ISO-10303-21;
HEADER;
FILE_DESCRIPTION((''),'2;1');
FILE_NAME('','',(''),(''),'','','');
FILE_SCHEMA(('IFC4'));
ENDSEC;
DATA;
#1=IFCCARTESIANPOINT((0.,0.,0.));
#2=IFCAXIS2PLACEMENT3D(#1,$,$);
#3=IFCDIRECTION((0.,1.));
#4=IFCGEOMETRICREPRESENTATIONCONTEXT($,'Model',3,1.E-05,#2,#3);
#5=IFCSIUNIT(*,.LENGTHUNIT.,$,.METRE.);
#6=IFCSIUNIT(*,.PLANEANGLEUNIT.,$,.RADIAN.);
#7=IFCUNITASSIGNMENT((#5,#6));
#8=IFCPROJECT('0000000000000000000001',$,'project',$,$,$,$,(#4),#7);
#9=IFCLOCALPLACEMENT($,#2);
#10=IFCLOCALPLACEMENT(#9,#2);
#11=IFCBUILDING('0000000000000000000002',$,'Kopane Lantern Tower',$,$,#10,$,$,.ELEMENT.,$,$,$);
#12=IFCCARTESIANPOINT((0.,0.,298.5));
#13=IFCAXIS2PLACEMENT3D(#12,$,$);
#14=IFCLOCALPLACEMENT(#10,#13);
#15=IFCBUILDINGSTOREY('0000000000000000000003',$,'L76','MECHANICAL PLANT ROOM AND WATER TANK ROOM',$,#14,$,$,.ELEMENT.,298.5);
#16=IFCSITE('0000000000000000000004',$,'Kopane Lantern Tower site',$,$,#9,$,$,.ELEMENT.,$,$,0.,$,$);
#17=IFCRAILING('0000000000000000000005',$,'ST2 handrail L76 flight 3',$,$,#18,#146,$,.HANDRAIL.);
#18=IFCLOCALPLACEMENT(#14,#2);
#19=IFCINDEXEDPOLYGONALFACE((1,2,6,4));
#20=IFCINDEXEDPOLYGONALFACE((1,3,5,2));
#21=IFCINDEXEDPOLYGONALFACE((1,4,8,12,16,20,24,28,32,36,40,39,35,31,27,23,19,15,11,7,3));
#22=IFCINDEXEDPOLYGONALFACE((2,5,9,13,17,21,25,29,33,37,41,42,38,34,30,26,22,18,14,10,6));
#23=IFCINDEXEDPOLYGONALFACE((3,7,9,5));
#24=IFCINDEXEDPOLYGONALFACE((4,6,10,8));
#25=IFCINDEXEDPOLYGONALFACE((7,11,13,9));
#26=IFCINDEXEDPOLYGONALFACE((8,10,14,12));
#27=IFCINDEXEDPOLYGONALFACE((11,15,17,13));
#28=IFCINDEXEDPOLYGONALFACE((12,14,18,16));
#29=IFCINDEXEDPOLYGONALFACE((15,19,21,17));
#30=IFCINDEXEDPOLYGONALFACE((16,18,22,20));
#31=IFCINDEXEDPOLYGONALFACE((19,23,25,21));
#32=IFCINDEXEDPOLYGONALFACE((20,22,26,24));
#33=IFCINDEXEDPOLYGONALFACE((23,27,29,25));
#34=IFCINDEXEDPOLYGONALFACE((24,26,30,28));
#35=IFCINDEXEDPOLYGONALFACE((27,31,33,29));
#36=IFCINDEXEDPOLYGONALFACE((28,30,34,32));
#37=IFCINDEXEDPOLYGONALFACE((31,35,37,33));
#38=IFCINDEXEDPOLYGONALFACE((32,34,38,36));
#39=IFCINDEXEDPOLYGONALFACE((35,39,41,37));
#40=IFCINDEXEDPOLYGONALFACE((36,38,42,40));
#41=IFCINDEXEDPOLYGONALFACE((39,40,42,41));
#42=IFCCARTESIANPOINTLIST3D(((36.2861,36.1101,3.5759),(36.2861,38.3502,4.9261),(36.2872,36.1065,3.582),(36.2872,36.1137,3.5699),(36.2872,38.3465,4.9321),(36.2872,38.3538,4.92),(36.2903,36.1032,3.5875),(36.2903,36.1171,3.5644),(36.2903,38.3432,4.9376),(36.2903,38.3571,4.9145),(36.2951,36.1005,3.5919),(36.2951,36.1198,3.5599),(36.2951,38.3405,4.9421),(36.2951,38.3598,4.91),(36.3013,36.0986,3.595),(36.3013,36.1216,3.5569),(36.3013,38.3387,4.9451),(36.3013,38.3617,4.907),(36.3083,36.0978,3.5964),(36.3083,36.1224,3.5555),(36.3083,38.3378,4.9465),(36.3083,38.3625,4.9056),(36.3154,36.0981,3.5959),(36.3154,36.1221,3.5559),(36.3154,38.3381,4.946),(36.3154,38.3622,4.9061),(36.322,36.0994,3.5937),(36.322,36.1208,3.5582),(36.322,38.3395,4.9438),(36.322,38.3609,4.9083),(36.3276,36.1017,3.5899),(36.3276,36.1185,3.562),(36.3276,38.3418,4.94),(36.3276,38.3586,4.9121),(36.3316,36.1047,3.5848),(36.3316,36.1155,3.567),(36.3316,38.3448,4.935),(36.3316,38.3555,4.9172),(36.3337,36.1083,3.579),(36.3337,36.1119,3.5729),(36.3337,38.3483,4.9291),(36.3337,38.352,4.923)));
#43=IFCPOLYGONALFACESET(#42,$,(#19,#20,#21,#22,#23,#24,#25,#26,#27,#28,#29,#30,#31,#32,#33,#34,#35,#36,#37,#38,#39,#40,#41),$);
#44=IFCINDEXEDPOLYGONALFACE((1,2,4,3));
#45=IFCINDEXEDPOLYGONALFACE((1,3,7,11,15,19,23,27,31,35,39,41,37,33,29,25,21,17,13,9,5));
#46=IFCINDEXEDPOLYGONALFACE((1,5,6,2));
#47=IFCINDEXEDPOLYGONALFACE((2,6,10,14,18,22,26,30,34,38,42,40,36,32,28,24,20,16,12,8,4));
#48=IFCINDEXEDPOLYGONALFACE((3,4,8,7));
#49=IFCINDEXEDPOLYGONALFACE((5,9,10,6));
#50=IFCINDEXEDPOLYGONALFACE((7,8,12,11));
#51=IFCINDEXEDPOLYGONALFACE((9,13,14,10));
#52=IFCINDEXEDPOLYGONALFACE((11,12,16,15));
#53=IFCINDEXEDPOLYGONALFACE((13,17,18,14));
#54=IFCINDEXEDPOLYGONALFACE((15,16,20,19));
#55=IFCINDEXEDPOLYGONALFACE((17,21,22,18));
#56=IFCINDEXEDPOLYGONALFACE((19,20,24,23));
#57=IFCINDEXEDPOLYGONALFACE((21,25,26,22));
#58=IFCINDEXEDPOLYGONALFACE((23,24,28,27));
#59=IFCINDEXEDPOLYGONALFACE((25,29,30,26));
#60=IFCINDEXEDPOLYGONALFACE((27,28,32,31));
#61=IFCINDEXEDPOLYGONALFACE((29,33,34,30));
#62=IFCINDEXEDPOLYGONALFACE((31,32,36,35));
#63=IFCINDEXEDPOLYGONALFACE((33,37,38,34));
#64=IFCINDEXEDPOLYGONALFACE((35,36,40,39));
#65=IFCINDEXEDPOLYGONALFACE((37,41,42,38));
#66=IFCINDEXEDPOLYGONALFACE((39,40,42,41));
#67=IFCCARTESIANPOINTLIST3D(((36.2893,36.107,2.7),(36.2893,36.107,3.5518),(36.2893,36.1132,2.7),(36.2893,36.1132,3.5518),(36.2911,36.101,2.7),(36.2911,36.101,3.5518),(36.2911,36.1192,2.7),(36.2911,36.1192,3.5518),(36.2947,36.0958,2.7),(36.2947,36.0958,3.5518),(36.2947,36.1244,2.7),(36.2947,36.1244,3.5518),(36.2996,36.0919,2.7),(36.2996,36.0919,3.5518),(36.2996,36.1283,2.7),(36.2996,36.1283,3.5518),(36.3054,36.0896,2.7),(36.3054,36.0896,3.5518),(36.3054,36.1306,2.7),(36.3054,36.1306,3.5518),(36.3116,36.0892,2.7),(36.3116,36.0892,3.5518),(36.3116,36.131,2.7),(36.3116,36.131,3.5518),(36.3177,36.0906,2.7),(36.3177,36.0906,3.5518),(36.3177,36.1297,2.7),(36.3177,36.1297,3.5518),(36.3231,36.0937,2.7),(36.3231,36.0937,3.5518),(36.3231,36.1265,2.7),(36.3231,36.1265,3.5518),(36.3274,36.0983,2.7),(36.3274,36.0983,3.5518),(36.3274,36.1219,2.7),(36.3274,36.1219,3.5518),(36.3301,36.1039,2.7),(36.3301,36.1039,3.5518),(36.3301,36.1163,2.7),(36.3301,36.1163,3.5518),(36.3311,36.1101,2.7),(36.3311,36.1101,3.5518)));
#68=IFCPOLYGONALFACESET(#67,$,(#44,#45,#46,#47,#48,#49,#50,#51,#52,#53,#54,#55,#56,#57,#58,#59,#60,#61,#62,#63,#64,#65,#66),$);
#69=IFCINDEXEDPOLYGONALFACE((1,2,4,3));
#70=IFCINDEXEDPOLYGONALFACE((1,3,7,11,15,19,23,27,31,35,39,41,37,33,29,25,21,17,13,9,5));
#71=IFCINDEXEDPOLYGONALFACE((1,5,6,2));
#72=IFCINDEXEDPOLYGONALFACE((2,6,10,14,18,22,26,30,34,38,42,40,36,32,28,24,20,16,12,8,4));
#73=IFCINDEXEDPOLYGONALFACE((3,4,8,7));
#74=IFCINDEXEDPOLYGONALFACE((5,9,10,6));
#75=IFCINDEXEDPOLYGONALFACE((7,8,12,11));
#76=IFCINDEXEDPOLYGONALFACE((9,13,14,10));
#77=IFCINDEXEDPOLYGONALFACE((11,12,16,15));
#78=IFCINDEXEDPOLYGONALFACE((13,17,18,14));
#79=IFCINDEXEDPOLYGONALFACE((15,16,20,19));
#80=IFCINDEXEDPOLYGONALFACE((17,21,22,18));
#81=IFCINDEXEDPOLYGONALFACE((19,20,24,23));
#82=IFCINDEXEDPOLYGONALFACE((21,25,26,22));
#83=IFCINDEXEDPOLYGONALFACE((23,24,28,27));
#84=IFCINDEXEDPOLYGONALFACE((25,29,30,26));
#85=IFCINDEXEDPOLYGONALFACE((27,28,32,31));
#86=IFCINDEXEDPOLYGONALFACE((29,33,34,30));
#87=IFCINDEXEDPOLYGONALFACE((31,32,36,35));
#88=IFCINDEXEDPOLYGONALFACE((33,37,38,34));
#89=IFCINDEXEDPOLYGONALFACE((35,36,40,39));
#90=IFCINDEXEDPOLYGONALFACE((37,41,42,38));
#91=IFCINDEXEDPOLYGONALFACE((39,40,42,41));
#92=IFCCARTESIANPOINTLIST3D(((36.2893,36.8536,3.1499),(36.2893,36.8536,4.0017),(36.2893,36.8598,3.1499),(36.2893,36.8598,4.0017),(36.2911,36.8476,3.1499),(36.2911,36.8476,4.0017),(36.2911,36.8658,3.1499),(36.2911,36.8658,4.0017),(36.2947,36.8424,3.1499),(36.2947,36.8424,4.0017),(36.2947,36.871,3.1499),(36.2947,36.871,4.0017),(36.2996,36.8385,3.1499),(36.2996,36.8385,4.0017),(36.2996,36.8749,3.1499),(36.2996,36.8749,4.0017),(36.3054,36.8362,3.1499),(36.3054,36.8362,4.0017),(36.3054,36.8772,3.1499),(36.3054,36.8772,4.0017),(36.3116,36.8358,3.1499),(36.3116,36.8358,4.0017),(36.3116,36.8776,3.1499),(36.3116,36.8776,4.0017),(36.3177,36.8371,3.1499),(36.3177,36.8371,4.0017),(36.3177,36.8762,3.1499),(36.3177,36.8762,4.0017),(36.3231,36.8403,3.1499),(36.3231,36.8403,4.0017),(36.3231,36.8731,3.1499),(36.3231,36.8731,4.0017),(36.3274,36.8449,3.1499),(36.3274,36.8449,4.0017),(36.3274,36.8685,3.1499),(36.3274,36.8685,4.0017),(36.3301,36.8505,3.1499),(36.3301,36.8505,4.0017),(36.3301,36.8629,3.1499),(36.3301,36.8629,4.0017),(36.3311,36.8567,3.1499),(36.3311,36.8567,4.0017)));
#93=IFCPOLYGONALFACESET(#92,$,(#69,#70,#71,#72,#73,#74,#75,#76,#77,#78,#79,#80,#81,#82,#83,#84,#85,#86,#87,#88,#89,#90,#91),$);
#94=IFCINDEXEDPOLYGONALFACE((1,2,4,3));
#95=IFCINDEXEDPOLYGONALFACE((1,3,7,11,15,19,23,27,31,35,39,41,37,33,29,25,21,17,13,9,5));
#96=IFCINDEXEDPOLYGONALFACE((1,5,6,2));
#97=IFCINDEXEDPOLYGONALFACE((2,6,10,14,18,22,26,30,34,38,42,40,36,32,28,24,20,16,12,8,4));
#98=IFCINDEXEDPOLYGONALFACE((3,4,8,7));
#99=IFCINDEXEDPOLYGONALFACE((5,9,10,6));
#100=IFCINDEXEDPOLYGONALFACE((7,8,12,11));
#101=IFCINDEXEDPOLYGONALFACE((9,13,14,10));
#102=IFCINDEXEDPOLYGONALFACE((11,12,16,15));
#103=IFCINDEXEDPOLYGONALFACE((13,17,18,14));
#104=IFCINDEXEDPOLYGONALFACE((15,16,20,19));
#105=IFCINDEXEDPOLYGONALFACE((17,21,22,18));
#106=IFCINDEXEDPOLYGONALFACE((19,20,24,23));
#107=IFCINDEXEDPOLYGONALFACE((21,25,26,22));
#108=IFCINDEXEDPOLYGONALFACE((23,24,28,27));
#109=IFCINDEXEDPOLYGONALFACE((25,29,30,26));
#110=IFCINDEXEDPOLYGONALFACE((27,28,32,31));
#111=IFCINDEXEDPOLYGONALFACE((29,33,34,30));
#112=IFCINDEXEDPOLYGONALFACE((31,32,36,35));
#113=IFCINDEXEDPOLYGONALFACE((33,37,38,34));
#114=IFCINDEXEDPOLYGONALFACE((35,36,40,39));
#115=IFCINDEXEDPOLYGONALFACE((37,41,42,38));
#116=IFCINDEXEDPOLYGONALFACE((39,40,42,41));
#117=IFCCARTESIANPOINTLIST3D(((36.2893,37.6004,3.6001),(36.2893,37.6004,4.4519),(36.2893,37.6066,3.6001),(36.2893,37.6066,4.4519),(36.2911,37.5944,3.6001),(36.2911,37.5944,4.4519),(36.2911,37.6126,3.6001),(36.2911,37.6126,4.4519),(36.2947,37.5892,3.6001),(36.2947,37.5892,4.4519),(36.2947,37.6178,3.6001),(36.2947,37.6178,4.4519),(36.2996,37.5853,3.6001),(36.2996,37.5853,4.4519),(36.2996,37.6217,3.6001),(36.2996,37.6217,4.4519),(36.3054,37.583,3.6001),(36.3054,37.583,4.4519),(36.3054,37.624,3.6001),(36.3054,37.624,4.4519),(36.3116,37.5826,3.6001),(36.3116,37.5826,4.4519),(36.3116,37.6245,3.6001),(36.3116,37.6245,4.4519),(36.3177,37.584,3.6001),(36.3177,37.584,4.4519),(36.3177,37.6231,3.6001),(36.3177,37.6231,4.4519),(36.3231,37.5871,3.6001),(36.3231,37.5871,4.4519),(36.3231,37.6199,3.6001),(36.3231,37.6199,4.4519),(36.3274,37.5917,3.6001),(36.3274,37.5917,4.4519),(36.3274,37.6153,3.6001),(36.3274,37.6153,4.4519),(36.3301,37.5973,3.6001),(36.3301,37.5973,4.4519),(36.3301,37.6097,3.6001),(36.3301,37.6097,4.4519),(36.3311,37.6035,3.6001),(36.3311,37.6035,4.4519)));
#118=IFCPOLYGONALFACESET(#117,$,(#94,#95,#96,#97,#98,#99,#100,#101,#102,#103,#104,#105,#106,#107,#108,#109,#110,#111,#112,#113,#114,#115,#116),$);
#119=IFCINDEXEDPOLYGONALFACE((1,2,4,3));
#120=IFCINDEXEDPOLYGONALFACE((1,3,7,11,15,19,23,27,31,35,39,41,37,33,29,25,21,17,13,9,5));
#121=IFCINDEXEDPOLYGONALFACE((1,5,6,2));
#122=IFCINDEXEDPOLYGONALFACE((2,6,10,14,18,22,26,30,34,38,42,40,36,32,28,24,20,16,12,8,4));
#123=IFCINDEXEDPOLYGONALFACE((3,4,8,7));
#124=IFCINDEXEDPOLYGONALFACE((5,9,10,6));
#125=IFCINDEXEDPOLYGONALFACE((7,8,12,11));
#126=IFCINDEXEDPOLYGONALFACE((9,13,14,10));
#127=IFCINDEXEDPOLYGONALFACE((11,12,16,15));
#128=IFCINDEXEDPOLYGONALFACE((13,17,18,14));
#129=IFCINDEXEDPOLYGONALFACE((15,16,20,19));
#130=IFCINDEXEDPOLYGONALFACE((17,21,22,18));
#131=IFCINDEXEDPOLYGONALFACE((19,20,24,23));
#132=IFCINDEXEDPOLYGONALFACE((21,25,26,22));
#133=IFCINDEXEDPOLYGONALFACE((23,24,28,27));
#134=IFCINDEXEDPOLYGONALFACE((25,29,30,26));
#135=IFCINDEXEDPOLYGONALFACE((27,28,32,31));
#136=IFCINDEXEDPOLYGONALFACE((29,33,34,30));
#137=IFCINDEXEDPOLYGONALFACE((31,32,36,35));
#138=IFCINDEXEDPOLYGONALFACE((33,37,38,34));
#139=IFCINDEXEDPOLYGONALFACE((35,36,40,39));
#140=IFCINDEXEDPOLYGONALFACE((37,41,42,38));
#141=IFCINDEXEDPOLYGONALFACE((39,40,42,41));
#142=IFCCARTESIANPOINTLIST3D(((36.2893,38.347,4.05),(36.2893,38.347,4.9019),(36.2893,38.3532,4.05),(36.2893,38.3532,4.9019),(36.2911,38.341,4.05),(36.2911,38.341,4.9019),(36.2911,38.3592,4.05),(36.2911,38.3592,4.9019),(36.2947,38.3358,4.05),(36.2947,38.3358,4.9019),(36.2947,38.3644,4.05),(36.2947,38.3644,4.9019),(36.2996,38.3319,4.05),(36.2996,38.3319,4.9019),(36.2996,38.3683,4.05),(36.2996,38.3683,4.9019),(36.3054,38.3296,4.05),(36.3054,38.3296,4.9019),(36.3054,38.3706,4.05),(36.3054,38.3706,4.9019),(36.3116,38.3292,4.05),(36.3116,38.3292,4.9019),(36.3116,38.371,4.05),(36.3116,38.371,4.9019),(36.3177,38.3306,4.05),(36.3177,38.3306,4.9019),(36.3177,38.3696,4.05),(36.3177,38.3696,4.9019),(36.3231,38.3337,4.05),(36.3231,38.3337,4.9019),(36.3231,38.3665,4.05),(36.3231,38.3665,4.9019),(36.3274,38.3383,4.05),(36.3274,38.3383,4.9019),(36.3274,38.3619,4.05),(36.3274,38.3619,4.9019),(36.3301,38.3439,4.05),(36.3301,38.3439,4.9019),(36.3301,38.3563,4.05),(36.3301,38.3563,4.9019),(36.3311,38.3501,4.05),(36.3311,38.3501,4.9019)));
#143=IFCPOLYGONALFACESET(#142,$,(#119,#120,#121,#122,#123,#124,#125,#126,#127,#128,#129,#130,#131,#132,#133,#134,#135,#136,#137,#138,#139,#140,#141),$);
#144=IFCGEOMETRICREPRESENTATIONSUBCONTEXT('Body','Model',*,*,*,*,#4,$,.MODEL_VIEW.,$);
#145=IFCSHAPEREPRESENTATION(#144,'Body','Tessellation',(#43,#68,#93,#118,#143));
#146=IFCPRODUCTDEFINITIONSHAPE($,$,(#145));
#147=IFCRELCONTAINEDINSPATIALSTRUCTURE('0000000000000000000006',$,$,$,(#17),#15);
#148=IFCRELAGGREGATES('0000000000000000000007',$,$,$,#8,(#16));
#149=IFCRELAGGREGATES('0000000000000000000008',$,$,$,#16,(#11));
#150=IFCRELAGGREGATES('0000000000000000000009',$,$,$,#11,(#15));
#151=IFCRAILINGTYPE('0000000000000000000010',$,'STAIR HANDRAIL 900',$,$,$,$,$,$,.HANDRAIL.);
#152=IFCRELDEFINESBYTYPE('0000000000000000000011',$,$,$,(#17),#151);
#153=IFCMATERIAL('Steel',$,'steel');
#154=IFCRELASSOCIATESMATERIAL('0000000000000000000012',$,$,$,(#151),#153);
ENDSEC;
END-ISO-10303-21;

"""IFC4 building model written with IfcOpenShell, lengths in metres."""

from ifc_helpers import new_model, si_unit, direction, frame, origin, origin_2d, place, context, subcontext, project, spatial, circle, extrude, material, type_object, element, save


model = new_model("IFC4")

# Units and contexts
model_context = context("Model", 3, precision=1e-05, world=origin(), true_north=direction((0.0, 1.0)))
body_context = subcontext(model_context, "Body", "Model", "MODEL_VIEW")
ifc_project = project(units=[si_unit("LENGTHUNIT", "METRE"), si_unit("PLANEANGLEUNIT", "RADIAN")], contexts=[model_context])

# Site, building, storey
site_placement = place(None, origin())
site = spatial("IfcSite", under=ifc_project, at=site_placement, Name="Kopane Lantern Tower site", CompositionType="ELEMENT", RefElevation=0.0)
building_placement = place(site_placement, origin())
building = spatial("IfcBuilding", under=site, at=building_placement, Name="Kopane Lantern Tower", CompositionType="ELEMENT")
storey_placement = place(building_placement, frame((0.0, 0.0, 298.5)))
storey = spatial("IfcBuildingStorey", under=building, at=storey_placement, Name="L76", Description="MECHANICAL PLANT ROOM AND WATER TANK ROOM", CompositionType="ELEMENT", Elevation=298.5)

# Railing
ifc_material_1 = material(Name="Steel", Category="steel")
railing_type = type_object("IfcRailingType", Name="STAIR HANDRAIL 900", PredefinedType="HANDRAIL", material=ifc_material_1)
for number, where, name in (
    (1, (36.3101, 36.1101, 2.7), "ST2 handrail L76 flight 3"),
):
    element("IfcRailing", number, at=place(storey_placement, frame(where)), inside=storey, type_object=railing_type, Name=name, PredefinedType="HANDRAIL", context=body_context, shape_type="SweptSolid", body=[
        extrude(circle(Radius=0.0239, at=origin_2d()), frame((0.0, 0.0, 0.876), z_axis=(0.0, 0.856462, 0.516211), x_axis=(-1.0, 0.0, 0.0)), (0.0, 0.0, 1.0), 2.6155),
        extrude(circle(Radius=0.021, at=origin_2d()), origin(), (0.0, 0.0, 1.0), 0.8518),
        extrude(circle(Radius=0.021, at=origin_2d()), frame((0.0, 0.7466, 0.45)), (0.0, 0.0, 1.0), 0.8518),
        extrude(circle(Radius=0.021, at=origin_2d()), frame((0.0, 1.4934, 0.9001)), (0.0, 0.0, 1.0), 0.8518),
        extrude(circle(Radius=0.021, at=origin_2d()), frame((0.0, 2.24, 1.3501)), (0.0, 0.0, 1.0), 0.8518),
    ])

save(model, "model.ifc")
